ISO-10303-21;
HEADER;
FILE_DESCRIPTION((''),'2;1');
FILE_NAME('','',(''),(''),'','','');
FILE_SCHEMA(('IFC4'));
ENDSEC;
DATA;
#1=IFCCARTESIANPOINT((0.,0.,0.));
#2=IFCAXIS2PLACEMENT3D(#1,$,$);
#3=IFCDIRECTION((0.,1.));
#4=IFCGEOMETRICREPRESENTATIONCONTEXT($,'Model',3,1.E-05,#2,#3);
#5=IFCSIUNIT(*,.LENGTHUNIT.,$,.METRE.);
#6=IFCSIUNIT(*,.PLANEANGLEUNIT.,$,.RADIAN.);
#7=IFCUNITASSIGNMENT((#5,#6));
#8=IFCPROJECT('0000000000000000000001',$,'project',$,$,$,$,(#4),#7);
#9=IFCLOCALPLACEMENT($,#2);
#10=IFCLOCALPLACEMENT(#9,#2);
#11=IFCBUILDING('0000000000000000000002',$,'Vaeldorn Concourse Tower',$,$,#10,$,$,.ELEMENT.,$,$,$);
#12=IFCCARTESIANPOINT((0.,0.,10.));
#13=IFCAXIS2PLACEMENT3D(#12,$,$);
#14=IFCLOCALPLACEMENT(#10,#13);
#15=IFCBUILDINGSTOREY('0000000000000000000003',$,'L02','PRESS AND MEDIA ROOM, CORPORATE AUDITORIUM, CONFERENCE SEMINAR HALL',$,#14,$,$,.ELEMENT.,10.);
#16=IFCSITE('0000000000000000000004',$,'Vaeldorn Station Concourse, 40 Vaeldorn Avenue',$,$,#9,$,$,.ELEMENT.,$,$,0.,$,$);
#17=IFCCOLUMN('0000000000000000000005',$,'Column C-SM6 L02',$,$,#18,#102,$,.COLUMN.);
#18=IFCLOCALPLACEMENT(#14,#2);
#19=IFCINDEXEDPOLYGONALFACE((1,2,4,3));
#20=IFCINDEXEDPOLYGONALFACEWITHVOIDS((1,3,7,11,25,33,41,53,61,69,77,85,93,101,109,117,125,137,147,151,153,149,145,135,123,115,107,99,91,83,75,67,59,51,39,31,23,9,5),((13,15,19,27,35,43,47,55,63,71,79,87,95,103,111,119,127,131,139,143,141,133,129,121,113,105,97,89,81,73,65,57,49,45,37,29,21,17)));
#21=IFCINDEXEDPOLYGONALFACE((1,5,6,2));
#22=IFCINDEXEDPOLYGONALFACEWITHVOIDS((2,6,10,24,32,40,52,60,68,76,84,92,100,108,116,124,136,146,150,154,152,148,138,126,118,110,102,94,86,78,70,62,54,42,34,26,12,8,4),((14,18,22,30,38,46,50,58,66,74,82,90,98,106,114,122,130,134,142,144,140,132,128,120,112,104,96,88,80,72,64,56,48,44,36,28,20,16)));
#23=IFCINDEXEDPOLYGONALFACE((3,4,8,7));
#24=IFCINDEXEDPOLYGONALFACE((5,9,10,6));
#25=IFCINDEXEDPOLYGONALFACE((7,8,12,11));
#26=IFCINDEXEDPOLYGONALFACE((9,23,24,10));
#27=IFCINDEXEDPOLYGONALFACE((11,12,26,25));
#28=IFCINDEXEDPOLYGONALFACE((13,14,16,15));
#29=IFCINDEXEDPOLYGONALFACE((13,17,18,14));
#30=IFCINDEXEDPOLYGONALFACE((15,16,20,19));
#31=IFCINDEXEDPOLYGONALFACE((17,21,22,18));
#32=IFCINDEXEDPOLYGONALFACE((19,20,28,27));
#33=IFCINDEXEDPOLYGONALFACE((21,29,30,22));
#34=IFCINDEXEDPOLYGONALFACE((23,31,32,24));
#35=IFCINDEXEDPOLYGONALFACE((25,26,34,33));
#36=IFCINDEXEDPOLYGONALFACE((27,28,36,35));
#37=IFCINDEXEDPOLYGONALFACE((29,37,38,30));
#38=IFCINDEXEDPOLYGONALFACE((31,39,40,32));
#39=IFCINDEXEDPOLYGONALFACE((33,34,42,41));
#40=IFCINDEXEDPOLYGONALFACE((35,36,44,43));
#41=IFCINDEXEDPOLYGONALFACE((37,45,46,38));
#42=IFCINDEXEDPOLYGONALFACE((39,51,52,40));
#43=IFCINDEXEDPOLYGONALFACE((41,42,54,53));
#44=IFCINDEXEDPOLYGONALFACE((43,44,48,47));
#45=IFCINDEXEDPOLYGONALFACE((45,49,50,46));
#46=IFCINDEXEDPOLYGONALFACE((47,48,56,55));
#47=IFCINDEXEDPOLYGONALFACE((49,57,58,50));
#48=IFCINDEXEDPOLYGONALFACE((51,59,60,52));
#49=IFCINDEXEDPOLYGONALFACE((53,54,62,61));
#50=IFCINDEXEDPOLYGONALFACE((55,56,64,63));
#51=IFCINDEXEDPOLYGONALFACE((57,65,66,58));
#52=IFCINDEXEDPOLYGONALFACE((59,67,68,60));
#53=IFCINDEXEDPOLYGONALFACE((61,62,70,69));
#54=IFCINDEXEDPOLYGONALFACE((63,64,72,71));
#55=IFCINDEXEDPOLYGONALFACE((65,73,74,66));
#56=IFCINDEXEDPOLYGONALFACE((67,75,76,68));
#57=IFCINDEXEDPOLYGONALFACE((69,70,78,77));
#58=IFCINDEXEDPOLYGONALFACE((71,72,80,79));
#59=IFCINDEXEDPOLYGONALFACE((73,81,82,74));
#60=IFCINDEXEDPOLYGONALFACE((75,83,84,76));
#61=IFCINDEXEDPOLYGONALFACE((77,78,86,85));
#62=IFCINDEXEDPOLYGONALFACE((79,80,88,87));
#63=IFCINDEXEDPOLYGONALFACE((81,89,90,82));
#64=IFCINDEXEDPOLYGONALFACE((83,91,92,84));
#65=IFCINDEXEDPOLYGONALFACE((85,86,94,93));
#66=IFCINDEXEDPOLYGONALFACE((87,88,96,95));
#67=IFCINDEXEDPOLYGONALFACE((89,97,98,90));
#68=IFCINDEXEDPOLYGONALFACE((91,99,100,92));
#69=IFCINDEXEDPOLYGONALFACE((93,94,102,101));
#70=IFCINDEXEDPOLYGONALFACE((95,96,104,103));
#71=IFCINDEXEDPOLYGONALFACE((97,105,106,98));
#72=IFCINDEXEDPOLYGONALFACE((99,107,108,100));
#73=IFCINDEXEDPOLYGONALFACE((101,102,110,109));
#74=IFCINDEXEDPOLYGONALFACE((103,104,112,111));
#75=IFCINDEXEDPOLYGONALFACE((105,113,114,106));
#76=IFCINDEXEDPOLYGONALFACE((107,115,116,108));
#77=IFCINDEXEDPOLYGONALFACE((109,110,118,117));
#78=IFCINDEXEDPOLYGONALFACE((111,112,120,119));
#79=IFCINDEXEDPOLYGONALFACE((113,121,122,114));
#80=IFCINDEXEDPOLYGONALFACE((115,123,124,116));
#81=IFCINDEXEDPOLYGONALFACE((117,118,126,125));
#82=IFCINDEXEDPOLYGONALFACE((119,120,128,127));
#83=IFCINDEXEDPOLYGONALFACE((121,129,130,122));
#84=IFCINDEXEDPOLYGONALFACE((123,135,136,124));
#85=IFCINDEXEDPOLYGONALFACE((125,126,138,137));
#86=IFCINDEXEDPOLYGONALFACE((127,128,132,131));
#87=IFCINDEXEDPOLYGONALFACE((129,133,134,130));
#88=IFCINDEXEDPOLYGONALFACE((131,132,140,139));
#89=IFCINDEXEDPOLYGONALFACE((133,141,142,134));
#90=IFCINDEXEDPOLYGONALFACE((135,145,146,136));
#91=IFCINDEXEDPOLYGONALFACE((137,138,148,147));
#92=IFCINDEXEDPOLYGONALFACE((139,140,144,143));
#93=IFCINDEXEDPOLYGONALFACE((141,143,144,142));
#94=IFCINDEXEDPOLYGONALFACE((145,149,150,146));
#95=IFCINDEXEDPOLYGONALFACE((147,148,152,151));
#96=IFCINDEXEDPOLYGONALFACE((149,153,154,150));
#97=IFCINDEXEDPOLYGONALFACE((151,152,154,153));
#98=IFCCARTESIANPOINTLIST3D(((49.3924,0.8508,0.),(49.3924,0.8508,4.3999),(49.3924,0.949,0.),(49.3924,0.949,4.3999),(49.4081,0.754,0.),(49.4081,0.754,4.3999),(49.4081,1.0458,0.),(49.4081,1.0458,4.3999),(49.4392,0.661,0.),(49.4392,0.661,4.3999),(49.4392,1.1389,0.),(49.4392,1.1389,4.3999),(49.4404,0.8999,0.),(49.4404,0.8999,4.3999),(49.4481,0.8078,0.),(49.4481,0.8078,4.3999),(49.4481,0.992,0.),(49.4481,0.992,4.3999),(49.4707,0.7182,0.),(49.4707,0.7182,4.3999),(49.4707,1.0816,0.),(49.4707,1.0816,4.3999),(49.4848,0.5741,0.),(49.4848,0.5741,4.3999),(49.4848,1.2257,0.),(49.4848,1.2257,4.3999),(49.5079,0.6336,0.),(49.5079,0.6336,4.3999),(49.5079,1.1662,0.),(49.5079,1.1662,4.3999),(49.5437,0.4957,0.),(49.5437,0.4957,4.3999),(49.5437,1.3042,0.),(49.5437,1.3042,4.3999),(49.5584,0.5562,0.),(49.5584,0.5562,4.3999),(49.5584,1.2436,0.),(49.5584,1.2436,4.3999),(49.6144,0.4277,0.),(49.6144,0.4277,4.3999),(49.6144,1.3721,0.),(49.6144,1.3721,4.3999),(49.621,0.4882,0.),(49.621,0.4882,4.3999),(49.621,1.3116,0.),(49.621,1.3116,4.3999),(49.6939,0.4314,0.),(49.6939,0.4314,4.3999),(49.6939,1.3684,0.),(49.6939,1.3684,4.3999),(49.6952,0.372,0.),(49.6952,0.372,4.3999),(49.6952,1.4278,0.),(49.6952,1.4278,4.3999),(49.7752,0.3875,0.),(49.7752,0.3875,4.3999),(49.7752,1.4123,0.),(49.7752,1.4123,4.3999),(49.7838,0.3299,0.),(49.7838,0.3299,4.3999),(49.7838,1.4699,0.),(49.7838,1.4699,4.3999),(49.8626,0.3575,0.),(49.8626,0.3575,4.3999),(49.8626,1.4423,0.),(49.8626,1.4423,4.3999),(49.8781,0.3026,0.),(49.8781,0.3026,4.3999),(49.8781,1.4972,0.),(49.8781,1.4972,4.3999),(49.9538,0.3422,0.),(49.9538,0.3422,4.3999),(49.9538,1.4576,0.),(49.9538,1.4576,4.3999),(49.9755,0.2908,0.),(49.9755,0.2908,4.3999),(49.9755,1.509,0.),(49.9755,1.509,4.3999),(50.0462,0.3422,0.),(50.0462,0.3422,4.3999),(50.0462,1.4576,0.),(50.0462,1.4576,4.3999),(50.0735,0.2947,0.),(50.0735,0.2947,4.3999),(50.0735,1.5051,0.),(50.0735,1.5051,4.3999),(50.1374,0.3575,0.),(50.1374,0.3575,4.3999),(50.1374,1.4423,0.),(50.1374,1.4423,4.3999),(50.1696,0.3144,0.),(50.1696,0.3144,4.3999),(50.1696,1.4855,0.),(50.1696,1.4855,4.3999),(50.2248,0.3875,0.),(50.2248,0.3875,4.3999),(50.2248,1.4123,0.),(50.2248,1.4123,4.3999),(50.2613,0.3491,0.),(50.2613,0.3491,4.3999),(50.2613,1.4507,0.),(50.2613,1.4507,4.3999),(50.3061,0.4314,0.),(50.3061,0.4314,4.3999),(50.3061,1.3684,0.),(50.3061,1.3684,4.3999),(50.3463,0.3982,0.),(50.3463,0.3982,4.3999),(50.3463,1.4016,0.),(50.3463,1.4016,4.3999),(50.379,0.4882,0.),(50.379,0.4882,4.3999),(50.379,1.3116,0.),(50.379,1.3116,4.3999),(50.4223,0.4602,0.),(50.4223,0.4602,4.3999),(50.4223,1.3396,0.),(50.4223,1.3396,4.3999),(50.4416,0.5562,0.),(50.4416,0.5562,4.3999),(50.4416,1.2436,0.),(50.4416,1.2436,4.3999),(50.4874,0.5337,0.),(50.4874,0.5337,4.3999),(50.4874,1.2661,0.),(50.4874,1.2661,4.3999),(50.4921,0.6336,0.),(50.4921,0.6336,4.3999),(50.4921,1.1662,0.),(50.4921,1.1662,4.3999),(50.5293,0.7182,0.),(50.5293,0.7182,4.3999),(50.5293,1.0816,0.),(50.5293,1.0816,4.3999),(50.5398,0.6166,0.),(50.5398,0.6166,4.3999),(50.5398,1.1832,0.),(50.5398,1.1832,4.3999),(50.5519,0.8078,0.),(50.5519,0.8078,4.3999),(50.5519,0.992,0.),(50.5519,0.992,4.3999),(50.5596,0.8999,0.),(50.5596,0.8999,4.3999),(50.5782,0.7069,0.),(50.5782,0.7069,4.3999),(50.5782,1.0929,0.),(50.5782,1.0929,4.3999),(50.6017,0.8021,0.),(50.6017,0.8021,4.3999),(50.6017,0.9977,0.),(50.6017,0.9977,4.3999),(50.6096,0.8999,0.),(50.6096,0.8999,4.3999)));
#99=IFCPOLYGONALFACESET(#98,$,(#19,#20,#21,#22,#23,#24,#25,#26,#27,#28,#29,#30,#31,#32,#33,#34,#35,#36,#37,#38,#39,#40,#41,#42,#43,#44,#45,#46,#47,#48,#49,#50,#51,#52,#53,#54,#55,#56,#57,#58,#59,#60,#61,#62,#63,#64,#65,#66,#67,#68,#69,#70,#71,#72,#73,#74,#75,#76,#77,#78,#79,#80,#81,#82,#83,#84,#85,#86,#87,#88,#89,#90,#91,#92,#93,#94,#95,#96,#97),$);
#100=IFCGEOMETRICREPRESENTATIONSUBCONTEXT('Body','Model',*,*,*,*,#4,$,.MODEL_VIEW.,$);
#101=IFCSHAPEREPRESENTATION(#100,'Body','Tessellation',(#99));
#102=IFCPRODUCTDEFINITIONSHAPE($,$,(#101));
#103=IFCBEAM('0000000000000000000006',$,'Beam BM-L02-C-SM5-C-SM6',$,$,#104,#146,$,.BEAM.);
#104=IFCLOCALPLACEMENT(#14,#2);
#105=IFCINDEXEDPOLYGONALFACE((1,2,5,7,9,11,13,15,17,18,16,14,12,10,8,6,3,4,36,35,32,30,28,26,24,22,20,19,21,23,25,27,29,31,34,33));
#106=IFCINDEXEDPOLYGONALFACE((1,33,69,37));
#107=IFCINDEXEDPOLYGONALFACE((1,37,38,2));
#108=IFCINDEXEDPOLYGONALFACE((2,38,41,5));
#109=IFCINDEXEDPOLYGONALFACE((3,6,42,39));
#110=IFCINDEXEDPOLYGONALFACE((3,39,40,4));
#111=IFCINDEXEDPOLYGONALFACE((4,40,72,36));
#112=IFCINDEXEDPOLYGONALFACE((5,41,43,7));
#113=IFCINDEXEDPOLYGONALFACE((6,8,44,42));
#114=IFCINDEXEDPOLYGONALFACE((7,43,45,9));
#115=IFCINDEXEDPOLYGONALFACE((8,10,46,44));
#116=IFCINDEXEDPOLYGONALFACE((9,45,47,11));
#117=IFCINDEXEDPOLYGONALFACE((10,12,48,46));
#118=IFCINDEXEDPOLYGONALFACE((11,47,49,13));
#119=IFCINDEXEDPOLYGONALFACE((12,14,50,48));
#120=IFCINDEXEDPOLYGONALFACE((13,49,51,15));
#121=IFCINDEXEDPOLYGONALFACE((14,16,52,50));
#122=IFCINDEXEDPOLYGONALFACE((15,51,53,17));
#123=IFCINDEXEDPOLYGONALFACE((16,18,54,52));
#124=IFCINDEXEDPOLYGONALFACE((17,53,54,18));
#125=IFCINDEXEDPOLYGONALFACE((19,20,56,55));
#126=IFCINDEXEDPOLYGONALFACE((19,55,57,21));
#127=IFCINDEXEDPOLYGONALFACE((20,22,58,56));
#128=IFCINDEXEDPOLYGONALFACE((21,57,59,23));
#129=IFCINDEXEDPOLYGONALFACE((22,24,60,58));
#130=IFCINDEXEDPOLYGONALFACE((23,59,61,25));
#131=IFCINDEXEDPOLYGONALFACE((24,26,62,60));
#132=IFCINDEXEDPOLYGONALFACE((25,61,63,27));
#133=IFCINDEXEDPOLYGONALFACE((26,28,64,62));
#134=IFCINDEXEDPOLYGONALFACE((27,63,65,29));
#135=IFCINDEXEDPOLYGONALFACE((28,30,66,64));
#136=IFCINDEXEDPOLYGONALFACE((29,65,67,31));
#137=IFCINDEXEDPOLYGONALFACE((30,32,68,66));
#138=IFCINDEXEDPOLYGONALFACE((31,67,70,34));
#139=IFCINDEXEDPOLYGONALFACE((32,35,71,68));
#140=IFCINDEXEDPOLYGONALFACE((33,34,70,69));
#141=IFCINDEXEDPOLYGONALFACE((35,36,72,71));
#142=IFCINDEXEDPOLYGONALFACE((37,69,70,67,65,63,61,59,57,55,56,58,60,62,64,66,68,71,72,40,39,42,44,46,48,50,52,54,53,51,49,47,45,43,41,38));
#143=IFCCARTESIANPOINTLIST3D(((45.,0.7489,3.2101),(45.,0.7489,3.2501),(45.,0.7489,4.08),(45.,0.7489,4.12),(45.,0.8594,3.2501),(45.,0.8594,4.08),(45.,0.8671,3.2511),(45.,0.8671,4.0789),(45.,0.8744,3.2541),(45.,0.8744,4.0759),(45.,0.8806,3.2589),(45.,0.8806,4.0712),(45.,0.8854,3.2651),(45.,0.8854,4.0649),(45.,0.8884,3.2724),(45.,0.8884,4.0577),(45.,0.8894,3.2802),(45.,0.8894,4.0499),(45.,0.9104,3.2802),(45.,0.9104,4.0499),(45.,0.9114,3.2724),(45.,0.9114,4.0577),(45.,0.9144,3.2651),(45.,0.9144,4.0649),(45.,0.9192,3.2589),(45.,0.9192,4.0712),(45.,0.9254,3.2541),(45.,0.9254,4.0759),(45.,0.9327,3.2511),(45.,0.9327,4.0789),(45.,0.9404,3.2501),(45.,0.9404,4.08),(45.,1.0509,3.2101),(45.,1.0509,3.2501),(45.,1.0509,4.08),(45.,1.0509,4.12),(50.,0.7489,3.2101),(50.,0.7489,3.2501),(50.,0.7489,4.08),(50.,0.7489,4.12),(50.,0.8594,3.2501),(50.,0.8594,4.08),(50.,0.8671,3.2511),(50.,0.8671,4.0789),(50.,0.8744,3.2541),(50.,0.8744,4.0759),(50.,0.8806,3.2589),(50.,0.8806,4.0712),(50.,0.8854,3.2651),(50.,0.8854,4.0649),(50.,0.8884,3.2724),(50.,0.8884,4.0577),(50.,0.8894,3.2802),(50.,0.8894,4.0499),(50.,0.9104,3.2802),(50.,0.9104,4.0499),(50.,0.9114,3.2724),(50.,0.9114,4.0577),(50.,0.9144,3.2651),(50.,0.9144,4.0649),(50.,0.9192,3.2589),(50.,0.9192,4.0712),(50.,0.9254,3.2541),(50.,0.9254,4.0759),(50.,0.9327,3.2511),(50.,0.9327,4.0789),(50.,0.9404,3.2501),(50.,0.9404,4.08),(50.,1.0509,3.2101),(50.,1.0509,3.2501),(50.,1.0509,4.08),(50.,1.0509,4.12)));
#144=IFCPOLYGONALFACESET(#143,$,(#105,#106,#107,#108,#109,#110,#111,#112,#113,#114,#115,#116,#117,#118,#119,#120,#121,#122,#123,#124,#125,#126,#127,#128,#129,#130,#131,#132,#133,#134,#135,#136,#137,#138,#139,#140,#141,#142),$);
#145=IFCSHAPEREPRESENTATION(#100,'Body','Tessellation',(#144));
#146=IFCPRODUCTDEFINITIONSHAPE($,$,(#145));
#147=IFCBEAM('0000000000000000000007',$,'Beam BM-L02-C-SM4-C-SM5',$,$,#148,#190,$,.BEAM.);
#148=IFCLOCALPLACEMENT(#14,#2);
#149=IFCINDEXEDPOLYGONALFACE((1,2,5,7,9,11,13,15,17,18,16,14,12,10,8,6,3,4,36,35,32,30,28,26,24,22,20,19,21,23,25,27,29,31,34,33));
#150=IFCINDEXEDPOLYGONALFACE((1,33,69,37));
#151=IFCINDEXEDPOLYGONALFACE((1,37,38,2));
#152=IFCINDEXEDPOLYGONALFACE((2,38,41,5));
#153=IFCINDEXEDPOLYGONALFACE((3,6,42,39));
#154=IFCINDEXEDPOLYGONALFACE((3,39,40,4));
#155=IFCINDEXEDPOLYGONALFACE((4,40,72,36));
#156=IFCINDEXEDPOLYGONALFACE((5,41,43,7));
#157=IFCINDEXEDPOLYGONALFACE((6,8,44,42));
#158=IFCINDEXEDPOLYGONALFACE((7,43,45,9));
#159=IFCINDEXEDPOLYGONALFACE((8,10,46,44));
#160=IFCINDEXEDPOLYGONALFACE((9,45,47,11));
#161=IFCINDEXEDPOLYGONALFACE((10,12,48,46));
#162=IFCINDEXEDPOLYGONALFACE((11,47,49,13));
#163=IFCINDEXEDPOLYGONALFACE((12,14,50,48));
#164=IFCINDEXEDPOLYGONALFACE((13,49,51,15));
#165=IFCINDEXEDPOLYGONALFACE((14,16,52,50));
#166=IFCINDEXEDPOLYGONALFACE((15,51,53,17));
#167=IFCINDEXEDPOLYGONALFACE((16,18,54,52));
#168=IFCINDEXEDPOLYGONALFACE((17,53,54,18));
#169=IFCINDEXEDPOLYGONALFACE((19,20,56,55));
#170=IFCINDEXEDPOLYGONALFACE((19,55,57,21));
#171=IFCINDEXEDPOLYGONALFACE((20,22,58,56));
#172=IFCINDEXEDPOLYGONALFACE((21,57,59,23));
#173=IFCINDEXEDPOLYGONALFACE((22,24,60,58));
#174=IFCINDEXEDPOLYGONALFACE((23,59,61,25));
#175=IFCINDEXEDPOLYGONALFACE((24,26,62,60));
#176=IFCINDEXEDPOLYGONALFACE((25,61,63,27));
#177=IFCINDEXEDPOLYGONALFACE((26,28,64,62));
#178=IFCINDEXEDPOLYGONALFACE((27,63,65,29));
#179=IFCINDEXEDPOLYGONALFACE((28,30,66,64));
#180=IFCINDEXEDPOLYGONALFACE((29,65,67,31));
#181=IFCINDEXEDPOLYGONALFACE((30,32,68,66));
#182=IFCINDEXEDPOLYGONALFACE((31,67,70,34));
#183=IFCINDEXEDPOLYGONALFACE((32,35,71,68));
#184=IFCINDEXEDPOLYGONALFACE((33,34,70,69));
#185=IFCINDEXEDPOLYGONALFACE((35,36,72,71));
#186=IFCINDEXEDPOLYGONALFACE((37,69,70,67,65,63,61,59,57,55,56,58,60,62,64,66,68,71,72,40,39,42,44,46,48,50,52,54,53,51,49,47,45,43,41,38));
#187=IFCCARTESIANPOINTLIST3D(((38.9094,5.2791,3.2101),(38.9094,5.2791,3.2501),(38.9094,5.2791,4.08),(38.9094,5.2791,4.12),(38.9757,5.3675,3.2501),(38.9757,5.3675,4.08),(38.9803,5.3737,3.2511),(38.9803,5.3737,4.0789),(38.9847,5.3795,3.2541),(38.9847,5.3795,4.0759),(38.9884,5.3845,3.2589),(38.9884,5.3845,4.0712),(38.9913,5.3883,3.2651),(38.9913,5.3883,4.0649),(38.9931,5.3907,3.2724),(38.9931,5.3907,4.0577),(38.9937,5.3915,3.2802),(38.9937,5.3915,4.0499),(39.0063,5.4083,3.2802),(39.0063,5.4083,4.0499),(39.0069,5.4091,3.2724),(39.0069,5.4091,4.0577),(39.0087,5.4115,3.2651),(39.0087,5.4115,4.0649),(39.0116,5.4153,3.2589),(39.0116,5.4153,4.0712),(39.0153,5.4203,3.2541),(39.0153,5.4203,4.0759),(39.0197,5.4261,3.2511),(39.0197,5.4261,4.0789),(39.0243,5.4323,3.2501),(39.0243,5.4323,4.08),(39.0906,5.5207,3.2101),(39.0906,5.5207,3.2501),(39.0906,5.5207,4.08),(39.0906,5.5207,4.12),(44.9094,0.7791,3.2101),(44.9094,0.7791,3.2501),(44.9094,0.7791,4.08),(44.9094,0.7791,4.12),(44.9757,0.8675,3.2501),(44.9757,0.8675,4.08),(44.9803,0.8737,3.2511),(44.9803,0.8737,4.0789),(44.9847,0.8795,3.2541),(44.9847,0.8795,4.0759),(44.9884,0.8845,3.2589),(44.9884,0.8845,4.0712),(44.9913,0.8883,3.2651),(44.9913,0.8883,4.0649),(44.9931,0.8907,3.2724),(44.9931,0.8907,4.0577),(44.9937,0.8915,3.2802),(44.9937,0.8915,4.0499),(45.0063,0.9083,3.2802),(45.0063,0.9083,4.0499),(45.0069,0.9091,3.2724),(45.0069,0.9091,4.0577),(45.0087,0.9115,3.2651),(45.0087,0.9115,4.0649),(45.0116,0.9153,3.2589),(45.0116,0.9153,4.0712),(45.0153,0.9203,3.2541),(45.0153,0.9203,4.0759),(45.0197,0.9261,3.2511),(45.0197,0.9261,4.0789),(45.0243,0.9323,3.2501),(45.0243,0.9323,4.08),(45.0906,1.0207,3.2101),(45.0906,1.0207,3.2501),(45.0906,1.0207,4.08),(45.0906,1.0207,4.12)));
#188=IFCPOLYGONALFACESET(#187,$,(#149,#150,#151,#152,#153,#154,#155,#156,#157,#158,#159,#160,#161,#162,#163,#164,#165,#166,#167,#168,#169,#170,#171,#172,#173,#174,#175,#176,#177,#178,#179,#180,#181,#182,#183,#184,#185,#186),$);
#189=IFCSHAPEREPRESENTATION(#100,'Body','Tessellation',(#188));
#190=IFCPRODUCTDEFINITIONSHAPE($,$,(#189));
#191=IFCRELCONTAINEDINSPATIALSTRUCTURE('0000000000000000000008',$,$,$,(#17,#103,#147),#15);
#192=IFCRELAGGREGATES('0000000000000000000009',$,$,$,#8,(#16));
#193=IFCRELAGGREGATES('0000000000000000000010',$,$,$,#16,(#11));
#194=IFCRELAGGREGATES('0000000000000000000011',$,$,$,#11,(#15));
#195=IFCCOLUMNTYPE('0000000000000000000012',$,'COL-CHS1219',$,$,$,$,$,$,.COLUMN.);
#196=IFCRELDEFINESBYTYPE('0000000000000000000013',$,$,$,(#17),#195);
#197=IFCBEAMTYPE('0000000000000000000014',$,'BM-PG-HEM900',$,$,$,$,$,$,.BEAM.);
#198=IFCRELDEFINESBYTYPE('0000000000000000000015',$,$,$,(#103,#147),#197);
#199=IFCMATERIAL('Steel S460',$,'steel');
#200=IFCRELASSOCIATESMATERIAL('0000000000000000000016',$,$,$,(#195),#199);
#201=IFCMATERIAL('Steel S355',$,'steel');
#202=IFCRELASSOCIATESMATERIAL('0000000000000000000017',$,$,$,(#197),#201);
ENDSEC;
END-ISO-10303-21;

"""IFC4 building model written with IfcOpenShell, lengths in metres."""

from ifc_helpers import new_model, si_unit, direction, frame, origin, origin_2d, place, context, subcontext, project, spatial, hollow_circle, i_section, extrude, source, transform, mapped, material, material_profile, profile_set, type_object, element, save


model = new_model("IFC4")

# Units and contexts
model_context = context("Model", 3, precision=1e-05, world=origin(), true_north=direction((0.0, 1.0)))
body_context = subcontext(model_context, "Body", "Model", "MODEL_VIEW")
ifc_project = project(units=[si_unit("LENGTHUNIT", "METRE"), si_unit("PLANEANGLEUNIT", "RADIAN")], contexts=[model_context])

# Site, building, storey
site_placement = place(None, origin())
site = spatial("IfcSite", under=ifc_project, at=site_placement, Name="Vaeldorn Station Concourse, 40 Vaeldorn Avenue", CompositionType="ELEMENT", RefElevation=0.0)
building_placement = place(site_placement, origin())
building = spatial("IfcBuilding", under=site, at=building_placement, Name="Vaeldorn Concourse Tower", CompositionType="ELEMENT")
storey_placement = place(building_placement, frame((0.0, 0.0, 10.0)))
storey = spatial("IfcBuildingStorey", under=building, at=storey_placement, Name="L02", Description="PRESS AND MEDIA ROOM, CORPORATE AUDITORIUM, CONFERENCE SEMINAR HALL", CompositionType="ELEMENT", Elevation=10.0)

# Column
ifc_material_1 = material(Name="Steel S460", Category="steel")
ifc_material_profile_1 = material_profile(ifc_material_1, hollow_circle(Radius=0.6096, WallThickness=0.05, at=origin_2d()), Name="CHS 1219x50")
ifc_profile_set_1 = profile_set([ifc_material_profile_1], Name="Steel S460")
column_type = type_object("IfcColumnType", Name="COL-CHS1219", PredefinedType="COLUMN", material=ifc_profile_set_1)
shared_shape_1 = source(origin(), body_context, "Body", "SweptSolid", [
    extrude(hollow_circle(Radius=0.6096, WallThickness=0.05, at=origin_2d()), origin(), (0.0, 0.0, 1.0), 4.3999),
])
for number, where, z_axis, x_axis, name in (
    (1, (50.0, 0.8999, 0.0), (0.0, 0.0, 1.0), (1.0, 0.0, 0.0), "Column C-SM6 L02"),
):
    element("IfcColumn", number, at=place(storey_placement, frame(where, z_axis=z_axis, x_axis=x_axis)), inside=storey, type_object=column_type, Name=name, PredefinedType="COLUMN", context=body_context, shape_type="MappedRepresentation", body=[
        mapped(shared_shape_1, transform((0.0, 0.0, 0.0), scale=1.0)),
    ])

# Beams
ifc_material_2 = material(Name="Steel S355", Category="steel")
ifc_material_profile_2 = material_profile(ifc_material_2, i_section(OverallWidth=0.302, OverallDepth=0.9099, WebThickness=0.021, FlangeThickness=0.04, FilletRadius=0.03, at=origin_2d()), Name="HEM 900")
ifc_profile_set_2 = profile_set([ifc_material_profile_2], Name="Steel S355")
beam_type_1 = type_object("IfcBeamType", Name="BM-PG-HEM900", PredefinedType="BEAM", material=ifc_profile_set_2)
shared_shape_2 = source(origin(), body_context, "Body", "SweptSolid", [
    extrude(i_section(OverallWidth=0.302, OverallDepth=0.9099, WebThickness=0.021, FlangeThickness=0.04, FilletRadius=0.03, at=origin_2d()), origin(), (0.0, 0.0, 1.0), 5.0),
])
beam_1_placement = place(storey_placement, frame((45.0, 0.8999, 3.665), z_axis=(1.0, 0.0, 0.0), x_axis=(0.0, 1.0, 0.0)))
element("IfcBeam", 2, at=beam_1_placement, inside=storey, type_object=beam_type_1, Name="Beam BM-L02-C-SM5-C-SM6", PredefinedType="BEAM", context=body_context, shape_type="MappedRepresentation", body=[
    mapped(shared_shape_2, transform((0.0, 0.0, 0.0), scale=1.0)),
])
shared_shape_3 = source(origin(), body_context, "Body", "SweptSolid", [
    extrude(i_section(OverallWidth=0.302, OverallDepth=0.9099, WebThickness=0.021, FlangeThickness=0.04, FilletRadius=0.03, at=origin_2d()), origin(), (0.0, 0.0, 1.0), 7.5),
])
beam_2_placement = place(storey_placement, frame((39.0, 5.3999, 3.665), z_axis=(0.8, -0.6, 0.0), x_axis=(0.6, 0.8, 0.0)))
element("IfcBeam", 3, at=beam_2_placement, inside=storey, type_object=beam_type_1, Name="Beam BM-L02-C-SM4-C-SM5", PredefinedType="BEAM", context=body_context, shape_type="MappedRepresentation", body=[
    mapped(shared_shape_3, transform((0.0, 0.0, 0.0), scale=1.0)),
])

save(model, "model.ifc")
